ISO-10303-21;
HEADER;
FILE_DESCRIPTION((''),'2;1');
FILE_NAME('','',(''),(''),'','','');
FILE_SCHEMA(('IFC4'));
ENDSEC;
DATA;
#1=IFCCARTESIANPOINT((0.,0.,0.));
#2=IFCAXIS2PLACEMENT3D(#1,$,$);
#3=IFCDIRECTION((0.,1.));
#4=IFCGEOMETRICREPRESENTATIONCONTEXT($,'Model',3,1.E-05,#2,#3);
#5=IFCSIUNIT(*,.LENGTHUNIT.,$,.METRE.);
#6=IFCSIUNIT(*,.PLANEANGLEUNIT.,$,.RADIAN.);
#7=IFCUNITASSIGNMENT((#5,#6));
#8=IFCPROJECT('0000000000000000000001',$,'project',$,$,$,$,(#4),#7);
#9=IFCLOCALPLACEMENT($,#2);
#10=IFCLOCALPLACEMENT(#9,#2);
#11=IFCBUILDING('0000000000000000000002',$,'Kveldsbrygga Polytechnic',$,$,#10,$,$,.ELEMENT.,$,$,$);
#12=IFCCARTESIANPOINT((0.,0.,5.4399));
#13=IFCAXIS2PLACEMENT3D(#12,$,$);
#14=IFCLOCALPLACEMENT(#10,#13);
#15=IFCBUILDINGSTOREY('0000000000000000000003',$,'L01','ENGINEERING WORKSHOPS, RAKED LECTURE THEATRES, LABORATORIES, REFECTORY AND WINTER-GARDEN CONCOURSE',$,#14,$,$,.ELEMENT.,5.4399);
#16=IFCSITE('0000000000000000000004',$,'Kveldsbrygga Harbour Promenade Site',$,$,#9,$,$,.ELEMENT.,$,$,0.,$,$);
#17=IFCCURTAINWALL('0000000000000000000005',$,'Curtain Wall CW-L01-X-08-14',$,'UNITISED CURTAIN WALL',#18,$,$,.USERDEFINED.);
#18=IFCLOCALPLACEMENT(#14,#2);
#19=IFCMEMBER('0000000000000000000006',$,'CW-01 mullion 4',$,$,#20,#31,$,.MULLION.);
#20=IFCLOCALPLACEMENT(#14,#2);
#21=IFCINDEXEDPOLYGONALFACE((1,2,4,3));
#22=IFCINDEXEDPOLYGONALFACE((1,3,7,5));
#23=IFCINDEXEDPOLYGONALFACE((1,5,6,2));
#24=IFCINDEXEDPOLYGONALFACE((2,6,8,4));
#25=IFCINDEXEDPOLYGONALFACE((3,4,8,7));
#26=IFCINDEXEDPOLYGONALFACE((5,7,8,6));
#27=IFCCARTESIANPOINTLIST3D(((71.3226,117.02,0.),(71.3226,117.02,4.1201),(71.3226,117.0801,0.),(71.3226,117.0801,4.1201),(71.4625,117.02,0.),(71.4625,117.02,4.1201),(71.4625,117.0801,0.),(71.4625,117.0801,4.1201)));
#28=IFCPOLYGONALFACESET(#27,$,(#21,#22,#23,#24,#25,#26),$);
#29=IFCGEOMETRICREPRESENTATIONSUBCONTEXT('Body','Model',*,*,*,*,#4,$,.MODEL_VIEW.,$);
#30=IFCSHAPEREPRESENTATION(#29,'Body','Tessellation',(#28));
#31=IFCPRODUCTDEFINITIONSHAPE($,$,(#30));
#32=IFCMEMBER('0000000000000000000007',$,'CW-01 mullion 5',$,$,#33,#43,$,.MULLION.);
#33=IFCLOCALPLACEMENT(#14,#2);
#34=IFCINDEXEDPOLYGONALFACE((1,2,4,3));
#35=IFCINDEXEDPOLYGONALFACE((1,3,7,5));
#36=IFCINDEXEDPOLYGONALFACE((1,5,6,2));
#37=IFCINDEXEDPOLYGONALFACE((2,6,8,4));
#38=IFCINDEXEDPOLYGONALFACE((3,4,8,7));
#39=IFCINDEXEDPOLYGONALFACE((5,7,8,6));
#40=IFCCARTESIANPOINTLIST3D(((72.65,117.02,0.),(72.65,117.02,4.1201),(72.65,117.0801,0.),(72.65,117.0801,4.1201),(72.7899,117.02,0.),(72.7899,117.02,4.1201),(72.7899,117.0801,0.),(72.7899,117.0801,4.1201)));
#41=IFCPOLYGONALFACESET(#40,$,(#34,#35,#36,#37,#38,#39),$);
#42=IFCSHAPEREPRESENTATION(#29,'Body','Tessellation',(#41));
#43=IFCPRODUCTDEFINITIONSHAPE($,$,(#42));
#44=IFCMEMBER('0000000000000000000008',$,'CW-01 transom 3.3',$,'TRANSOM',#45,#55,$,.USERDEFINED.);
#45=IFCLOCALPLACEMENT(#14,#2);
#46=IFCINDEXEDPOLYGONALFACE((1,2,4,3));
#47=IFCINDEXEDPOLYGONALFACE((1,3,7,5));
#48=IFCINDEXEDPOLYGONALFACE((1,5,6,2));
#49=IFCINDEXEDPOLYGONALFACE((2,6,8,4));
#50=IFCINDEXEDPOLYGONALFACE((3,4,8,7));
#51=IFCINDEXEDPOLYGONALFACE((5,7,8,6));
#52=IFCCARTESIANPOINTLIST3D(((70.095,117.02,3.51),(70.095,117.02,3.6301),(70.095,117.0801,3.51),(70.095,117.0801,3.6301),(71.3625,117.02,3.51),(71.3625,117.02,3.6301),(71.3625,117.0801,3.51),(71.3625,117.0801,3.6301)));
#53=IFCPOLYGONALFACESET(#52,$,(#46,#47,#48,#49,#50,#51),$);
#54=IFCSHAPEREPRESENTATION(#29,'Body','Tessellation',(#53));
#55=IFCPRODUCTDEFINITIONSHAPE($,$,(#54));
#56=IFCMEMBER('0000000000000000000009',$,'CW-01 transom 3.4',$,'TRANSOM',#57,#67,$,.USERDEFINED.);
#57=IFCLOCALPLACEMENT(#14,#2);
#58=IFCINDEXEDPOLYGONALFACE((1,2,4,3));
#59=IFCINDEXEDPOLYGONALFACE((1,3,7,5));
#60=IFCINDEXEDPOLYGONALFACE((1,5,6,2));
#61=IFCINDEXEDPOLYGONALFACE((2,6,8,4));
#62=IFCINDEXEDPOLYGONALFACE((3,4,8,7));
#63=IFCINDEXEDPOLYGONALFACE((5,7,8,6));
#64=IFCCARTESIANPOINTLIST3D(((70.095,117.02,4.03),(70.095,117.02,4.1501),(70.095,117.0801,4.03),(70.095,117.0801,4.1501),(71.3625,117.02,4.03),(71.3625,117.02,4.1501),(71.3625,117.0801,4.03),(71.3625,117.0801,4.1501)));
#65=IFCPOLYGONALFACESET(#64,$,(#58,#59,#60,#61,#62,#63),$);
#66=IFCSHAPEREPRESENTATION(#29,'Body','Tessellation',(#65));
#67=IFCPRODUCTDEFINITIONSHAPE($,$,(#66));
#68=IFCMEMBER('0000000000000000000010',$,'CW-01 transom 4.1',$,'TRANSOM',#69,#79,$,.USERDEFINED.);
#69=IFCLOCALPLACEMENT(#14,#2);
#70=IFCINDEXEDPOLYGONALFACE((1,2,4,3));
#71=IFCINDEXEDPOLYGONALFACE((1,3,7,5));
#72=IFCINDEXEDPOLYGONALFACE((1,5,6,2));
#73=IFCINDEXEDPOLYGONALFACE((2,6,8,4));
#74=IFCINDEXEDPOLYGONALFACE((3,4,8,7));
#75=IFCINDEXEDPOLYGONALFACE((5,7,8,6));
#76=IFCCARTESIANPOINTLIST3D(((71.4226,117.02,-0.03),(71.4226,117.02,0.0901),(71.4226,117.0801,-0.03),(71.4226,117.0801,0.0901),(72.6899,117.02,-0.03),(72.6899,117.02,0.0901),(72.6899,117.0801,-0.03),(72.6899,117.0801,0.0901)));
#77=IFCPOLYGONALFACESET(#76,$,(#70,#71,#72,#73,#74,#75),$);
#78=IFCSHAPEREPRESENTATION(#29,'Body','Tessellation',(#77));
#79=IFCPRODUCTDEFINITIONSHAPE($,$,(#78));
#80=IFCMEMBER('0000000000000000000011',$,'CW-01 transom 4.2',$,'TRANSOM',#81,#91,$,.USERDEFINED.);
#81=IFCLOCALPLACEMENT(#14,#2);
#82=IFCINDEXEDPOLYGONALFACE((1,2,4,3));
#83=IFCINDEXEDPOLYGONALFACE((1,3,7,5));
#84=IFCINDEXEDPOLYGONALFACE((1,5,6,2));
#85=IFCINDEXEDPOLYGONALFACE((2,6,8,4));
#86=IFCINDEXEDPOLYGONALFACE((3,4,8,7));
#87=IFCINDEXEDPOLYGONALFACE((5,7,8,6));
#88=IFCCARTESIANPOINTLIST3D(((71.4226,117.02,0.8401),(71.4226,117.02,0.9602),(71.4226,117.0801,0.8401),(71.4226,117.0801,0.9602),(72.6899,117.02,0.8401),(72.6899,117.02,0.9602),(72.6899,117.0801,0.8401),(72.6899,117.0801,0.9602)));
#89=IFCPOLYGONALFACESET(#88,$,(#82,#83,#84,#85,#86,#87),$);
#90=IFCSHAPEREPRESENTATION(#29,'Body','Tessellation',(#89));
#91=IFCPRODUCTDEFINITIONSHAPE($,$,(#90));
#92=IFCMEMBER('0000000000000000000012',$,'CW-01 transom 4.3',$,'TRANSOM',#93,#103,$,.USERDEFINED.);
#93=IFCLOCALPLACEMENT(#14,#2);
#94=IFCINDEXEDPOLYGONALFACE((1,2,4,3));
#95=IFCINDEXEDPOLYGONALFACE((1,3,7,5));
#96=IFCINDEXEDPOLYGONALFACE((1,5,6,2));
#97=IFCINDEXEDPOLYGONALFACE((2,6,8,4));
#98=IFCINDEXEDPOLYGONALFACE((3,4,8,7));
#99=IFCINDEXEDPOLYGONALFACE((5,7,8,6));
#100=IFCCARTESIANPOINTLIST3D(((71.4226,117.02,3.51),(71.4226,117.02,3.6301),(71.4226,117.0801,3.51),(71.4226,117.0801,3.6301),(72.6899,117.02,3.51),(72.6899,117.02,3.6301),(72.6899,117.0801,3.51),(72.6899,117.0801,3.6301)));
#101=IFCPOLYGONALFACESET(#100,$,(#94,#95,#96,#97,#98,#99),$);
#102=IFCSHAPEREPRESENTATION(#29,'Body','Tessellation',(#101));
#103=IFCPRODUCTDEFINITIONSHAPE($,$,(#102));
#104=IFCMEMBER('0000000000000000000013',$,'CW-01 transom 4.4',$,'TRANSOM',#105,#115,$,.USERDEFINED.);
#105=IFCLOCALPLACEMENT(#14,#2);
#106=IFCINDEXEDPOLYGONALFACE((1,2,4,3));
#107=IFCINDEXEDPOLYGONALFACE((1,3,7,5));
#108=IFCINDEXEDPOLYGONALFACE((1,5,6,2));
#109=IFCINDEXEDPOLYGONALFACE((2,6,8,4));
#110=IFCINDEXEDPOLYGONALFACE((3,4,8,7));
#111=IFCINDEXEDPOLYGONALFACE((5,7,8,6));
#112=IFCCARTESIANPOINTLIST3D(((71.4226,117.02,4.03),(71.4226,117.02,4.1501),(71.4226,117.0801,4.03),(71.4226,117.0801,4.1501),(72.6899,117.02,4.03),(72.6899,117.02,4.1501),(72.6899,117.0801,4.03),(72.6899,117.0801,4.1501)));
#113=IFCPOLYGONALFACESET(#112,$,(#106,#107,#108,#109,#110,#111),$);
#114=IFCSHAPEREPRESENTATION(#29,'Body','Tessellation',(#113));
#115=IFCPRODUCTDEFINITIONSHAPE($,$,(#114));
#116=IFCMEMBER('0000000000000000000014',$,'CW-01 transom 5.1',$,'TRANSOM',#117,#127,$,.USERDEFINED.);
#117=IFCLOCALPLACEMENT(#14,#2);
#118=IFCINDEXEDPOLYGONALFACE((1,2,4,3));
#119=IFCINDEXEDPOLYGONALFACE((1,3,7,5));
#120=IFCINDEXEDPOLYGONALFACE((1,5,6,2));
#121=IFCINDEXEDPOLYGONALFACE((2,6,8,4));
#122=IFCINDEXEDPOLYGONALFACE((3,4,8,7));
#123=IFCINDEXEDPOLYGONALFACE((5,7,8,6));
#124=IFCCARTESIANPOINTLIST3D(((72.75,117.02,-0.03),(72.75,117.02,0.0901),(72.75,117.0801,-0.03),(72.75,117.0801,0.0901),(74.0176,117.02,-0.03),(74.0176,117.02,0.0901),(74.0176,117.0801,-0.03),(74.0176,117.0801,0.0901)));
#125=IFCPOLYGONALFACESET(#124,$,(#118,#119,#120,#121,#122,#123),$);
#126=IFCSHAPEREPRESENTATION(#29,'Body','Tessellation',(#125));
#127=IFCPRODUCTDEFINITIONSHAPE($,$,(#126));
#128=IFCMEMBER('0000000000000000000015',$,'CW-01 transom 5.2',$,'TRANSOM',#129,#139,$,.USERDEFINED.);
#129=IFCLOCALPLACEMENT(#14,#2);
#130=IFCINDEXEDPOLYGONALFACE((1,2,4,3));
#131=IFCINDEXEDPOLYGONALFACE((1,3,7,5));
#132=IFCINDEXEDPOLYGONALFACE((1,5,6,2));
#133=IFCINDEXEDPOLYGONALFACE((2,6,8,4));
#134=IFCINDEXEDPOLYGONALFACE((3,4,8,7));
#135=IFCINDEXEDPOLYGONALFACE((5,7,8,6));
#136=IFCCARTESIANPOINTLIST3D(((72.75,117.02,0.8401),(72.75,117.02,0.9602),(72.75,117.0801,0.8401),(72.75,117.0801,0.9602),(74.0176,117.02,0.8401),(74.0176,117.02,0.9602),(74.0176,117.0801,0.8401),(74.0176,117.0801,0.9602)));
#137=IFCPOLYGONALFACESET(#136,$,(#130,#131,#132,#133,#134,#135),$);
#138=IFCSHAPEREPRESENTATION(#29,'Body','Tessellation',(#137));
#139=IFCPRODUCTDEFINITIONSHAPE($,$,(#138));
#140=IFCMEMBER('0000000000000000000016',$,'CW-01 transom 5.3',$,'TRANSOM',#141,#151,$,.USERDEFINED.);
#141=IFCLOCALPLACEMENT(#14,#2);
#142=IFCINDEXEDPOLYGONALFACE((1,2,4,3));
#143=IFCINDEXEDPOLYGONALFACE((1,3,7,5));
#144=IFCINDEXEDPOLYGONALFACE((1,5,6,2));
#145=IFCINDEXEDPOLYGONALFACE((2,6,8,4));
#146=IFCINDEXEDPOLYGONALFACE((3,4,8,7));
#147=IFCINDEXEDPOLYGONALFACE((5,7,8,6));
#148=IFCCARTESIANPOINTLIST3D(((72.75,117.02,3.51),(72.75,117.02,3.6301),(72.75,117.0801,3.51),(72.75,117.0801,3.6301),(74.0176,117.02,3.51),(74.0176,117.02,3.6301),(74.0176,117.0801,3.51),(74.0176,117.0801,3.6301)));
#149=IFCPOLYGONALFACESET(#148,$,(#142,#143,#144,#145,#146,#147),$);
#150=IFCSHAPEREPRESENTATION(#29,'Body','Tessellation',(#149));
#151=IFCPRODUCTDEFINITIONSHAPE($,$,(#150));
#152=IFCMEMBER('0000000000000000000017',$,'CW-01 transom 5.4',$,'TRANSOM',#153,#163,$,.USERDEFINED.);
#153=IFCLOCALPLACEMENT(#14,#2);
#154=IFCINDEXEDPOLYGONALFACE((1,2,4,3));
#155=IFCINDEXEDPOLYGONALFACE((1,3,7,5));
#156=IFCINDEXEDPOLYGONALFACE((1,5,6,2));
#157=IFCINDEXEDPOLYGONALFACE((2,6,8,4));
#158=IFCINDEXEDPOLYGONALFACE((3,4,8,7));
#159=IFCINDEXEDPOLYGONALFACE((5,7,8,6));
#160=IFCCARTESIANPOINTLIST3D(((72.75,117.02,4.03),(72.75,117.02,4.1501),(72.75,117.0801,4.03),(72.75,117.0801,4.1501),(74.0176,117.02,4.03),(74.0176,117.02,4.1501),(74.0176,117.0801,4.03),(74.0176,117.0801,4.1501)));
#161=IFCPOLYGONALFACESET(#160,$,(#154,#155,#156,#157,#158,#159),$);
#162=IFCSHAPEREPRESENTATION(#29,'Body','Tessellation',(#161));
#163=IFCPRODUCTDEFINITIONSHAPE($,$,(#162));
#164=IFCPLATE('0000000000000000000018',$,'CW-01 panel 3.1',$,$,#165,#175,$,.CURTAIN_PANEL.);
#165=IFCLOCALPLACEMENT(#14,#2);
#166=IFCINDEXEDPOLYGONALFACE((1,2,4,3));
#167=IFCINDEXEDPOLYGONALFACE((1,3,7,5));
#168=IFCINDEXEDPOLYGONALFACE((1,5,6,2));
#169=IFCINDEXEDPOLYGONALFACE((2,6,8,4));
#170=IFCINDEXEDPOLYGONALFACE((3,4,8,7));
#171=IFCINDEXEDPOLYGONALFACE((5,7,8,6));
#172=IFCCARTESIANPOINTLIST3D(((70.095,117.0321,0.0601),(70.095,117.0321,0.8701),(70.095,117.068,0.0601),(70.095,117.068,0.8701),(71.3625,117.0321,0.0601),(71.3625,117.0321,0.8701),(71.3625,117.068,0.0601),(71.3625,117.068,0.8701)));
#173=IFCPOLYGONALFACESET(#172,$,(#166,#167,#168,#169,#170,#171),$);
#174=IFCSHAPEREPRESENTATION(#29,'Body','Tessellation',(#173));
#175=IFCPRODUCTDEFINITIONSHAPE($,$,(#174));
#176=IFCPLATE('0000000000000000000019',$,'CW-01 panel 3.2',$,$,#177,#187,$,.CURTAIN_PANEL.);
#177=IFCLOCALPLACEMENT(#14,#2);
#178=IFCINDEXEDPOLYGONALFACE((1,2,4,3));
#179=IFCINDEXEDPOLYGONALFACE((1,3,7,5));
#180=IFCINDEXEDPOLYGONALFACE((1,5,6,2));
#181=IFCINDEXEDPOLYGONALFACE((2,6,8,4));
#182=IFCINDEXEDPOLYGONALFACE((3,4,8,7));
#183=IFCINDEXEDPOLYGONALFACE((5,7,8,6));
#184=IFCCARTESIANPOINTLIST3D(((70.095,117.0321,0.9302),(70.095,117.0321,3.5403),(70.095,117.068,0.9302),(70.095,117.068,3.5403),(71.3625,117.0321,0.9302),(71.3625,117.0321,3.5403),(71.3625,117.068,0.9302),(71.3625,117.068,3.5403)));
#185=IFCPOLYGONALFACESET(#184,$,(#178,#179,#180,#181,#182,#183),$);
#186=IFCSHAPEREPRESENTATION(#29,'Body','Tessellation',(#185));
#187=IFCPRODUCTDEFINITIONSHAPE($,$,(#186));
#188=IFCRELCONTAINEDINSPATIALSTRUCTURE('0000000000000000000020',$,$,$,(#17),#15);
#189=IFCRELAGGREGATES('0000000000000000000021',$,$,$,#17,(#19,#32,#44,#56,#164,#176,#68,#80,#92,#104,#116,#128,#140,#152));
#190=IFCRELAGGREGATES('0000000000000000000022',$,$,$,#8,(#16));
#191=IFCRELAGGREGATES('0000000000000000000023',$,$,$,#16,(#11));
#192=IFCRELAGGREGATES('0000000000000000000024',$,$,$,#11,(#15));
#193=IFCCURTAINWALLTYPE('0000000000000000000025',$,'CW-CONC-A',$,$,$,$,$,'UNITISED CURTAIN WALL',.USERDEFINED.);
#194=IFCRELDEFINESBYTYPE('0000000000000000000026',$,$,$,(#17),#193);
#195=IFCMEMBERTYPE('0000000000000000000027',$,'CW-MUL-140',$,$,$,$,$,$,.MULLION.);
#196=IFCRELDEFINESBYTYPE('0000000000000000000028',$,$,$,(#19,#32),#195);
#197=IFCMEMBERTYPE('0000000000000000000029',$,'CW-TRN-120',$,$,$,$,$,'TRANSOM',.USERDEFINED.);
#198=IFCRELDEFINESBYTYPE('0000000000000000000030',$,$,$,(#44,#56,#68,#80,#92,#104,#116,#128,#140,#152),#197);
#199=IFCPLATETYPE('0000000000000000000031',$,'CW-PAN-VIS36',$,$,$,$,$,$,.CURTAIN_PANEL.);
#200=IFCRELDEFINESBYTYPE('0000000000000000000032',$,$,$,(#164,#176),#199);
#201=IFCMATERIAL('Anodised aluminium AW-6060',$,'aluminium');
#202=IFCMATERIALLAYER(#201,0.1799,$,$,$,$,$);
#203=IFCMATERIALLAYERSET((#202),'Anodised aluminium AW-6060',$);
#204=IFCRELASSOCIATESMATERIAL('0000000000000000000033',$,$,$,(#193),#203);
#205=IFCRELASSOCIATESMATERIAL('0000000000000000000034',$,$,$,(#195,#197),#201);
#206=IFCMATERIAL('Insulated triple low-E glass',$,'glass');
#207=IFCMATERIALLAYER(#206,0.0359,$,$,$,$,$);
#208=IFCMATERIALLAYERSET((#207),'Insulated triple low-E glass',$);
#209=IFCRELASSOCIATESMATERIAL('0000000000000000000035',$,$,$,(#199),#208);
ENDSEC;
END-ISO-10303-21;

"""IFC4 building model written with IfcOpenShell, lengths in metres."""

from ifc_helpers import new_model, si_unit, direction, frame, origin, origin_2d, place, context, subcontext, project, spatial, rectangle, extrude, material, layer, layer_set, material_profile, profile_set, type_object, element, aggregate, save


model = new_model("IFC4")

# Units and contexts
model_context = context("Model", 3, precision=1e-05, world=origin(), true_north=direction((0.0, 1.0)))
body_context = subcontext(model_context, "Body", "Model", "MODEL_VIEW")
ifc_project = project(units=[si_unit("LENGTHUNIT", "METRE"), si_unit("PLANEANGLEUNIT", "RADIAN")], contexts=[model_context])

# Site, building, storey
site_placement = place(None, origin())
site = spatial("IfcSite", under=ifc_project, at=site_placement, Name="Kveldsbrygga Harbour Promenade Site", CompositionType="ELEMENT", RefElevation=0.0)
building_placement = place(site_placement, origin())
building = spatial("IfcBuilding", under=site, at=building_placement, Name="Kveldsbrygga Polytechnic", CompositionType="ELEMENT")
storey_placement = place(building_placement, frame((0.0, 0.0, 5.4399)))
storey = spatial("IfcBuildingStorey", under=building, at=storey_placement, Name="L01", Description="ENGINEERING WORKSHOPS, RAKED LECTURE THEATRES, LABORATORIES, REFECTORY AND WINTER-GARDEN CONCOURSE", CompositionType="ELEMENT", Elevation=5.4399)

# Curtain wall, members, plates
ifc_material_1 = material(Name="Anodised aluminium AW-6060", Category="aluminium")
ifc_layer_1 = layer(ifc_material_1, 0.1799)
ifc_layer_set_1 = layer_set([ifc_layer_1], Name="Anodised aluminium AW-6060")
curtain_wall_type = type_object("IfcCurtainWallType", Name="CW-CONC-A", ElementType="UNITISED CURTAIN WALL", PredefinedType="USERDEFINED", material=ifc_layer_set_1)
curtain_wall_placement = place(storey_placement, origin())
curtain_wall = element("IfcCurtainWall", 1, at=curtain_wall_placement, inside=storey, type_object=curtain_wall_type, Name="Curtain Wall CW-L01-X-08-14", ObjectType="UNITISED CURTAIN WALL", PredefinedType="USERDEFINED")
ifc_material_profile_1 = material_profile(ifc_material_1, rectangle(XDim=0.0601, YDim=0.1399, at=origin_2d()), Name="ALU 60x140")
ifc_profile_set_1 = profile_set([ifc_material_profile_1], Name="Anodised aluminium AW-6060")
member_type_1 = type_object("IfcMemberType", Name="CW-MUL-140", PredefinedType="MULLION", material=ifc_profile_set_1)
member_1_placement = place(storey_placement, frame((71.3926, 117.05, 0.0), z_axis=(0.0, 0.0, 1.0), x_axis=(0.0, 1.0, 0.0)))
member_1 = element("IfcMember", 2, at=member_1_placement, type_object=member_type_1, Name="CW-01 mullion 4", PredefinedType="MULLION", context=body_context, shape_type="SweptSolid", body=[
    extrude(rectangle(XDim=0.0601, YDim=0.1399, at=origin_2d()), origin(), (0.0, 0.0, 1.0), 4.1201),
])
member_2_placement = place(storey_placement, frame((72.72, 117.05, 0.0), z_axis=(0.0, 0.0, 1.0), x_axis=(0.0, 1.0, 0.0)))
member_2 = element("IfcMember", 3, at=member_2_placement, type_object=member_type_1, Name="CW-01 mullion 5", PredefinedType="MULLION", context=body_context, shape_type="SweptSolid", body=[
    extrude(rectangle(XDim=0.0601, YDim=0.1399, at=origin_2d()), origin(), (0.0, 0.0, 1.0), 4.1201),
])
ifc_material_profile_2 = material_profile(ifc_material_1, rectangle(XDim=0.0601, YDim=0.1201, at=origin_2d()), Name="ALU 60x120")
ifc_profile_set_2 = profile_set([ifc_material_profile_2], Name="Anodised aluminium AW-6060")
member_type_2 = type_object("IfcMemberType", Name="CW-TRN-120", ElementType="TRANSOM", PredefinedType="USERDEFINED", material=ifc_profile_set_2)
member_3_placement = place(storey_placement, frame((70.095, 117.05, 3.5701), z_axis=(1.0, 0.0, 0.0), x_axis=(0.0, 1.0, 0.0)))
member_3 = element("IfcMember", 4, at=member_3_placement, type_object=member_type_2, Name="CW-01 transom 3.3", ObjectType="TRANSOM", PredefinedType="USERDEFINED", context=body_context, shape_type="SweptSolid", body=[
    extrude(rectangle(XDim=0.0601, YDim=0.1201, at=origin_2d()), origin(), (0.0, 0.0, 1.0), 1.2676),
])
member_4_placement = place(storey_placement, frame((70.095, 117.05, 4.0901), z_axis=(1.0, 0.0, 0.0), x_axis=(0.0, 1.0, 0.0)))
member_4 = element("IfcMember", 5, at=member_4_placement, type_object=member_type_2, Name="CW-01 transom 3.4", ObjectType="TRANSOM", PredefinedType="USERDEFINED", context=body_context, shape_type="SweptSolid", body=[
    extrude(rectangle(XDim=0.0601, YDim=0.1201, at=origin_2d()), origin(), (0.0, 0.0, 1.0), 1.2676),
])
member_5_placement = place(storey_placement, frame((71.4226, 117.05, 0.03), z_axis=(1.0, 0.0, 0.0), x_axis=(0.0, 1.0, 0.0)))
member_5 = element("IfcMember", 6, at=member_5_placement, type_object=member_type_2, Name="CW-01 transom 4.1", ObjectType="TRANSOM", PredefinedType="USERDEFINED", context=body_context, shape_type="SweptSolid", body=[
    extrude(rectangle(XDim=0.0601, YDim=0.1201, at=origin_2d()), origin(), (0.0, 0.0, 1.0), 1.2673),
])
member_6_placement = place(storey_placement, frame((71.4226, 117.05, 0.9001), z_axis=(1.0, 0.0, 0.0), x_axis=(0.0, 1.0, 0.0)))
member_6 = element("IfcMember", 7, at=member_6_placement, type_object=member_type_2, Name="CW-01 transom 4.2", ObjectType="TRANSOM", PredefinedType="USERDEFINED", context=body_context, shape_type="SweptSolid", body=[
    extrude(rectangle(XDim=0.0601, YDim=0.1201, at=origin_2d()), origin(), (0.0, 0.0, 1.0), 1.2673),
])
member_7_placement = place(storey_placement, frame((71.4226, 117.05, 3.5701), z_axis=(1.0, 0.0, 0.0), x_axis=(0.0, 1.0, 0.0)))
member_7 = element("IfcMember", 8, at=member_7_placement, type_object=member_type_2, Name="CW-01 transom 4.3", ObjectType="TRANSOM", PredefinedType="USERDEFINED", context=body_context, shape_type="SweptSolid", body=[
    extrude(rectangle(XDim=0.0601, YDim=0.1201, at=origin_2d()), origin(), (0.0, 0.0, 1.0), 1.2673),
])
member_8_placement = place(storey_placement, frame((71.4226, 117.05, 4.0901), z_axis=(1.0, 0.0, 0.0), x_axis=(0.0, 1.0, 0.0)))
member_8 = element("IfcMember", 9, at=member_8_placement, type_object=member_type_2, Name="CW-01 transom 4.4", ObjectType="TRANSOM", PredefinedType="USERDEFINED", context=body_context, shape_type="SweptSolid", body=[
    extrude(rectangle(XDim=0.0601, YDim=0.1201, at=origin_2d()), origin(), (0.0, 0.0, 1.0), 1.2673),
])
member_9_placement = place(storey_placement, frame((72.75, 117.05, 0.03), z_axis=(1.0, 0.0, 0.0), x_axis=(0.0, 1.0, 0.0)))
member_9 = element("IfcMember", 10, at=member_9_placement, type_object=member_type_2, Name="CW-01 transom 5.1", ObjectType="TRANSOM", PredefinedType="USERDEFINED", context=body_context, shape_type="SweptSolid", body=[
    extrude(rectangle(XDim=0.0601, YDim=0.1201, at=origin_2d()), origin(), (0.0, 0.0, 1.0), 1.2676),
])
member_10_placement = place(storey_placement, frame((72.75, 117.05, 0.9001), z_axis=(1.0, 0.0, 0.0), x_axis=(0.0, 1.0, 0.0)))
member_10 = element("IfcMember", 11, at=member_10_placement, type_object=member_type_2, Name="CW-01 transom 5.2", ObjectType="TRANSOM", PredefinedType="USERDEFINED", context=body_context, shape_type="SweptSolid", body=[
    extrude(rectangle(XDim=0.0601, YDim=0.1201, at=origin_2d()), origin(), (0.0, 0.0, 1.0), 1.2676),
])
member_11_placement = place(storey_placement, frame((72.75, 117.05, 3.5701), z_axis=(1.0, 0.0, 0.0), x_axis=(0.0, 1.0, 0.0)))
member_11 = element("IfcMember", 12, at=member_11_placement, type_object=member_type_2, Name="CW-01 transom 5.3", ObjectType="TRANSOM", PredefinedType="USERDEFINED", context=body_context, shape_type="SweptSolid", body=[
    extrude(rectangle(XDim=0.0601, YDim=0.1201, at=origin_2d()), origin(), (0.0, 0.0, 1.0), 1.2676),
])
member_12_placement = place(storey_placement, frame((72.75, 117.05, 4.0901), z_axis=(1.0, 0.0, 0.0), x_axis=(0.0, 1.0, 0.0)))
member_12 = element("IfcMember", 13, at=member_12_placement, type_object=member_type_2, Name="CW-01 transom 5.4", ObjectType="TRANSOM", PredefinedType="USERDEFINED", context=body_context, shape_type="SweptSolid", body=[
    extrude(rectangle(XDim=0.0601, YDim=0.1201, at=origin_2d()), origin(), (0.0, 0.0, 1.0), 1.2676),
])
ifc_material_2 = material(Name="Insulated triple low-E glass", Category="glass")
ifc_layer_2 = layer(ifc_material_2, 0.0359)
ifc_layer_set_2 = layer_set([ifc_layer_2], Name="Insulated triple low-E glass")
plate_type = type_object("IfcPlateType", Name="CW-PAN-VIS36", PredefinedType="CURTAIN_PANEL", material=ifc_layer_set_2)
plate_1_placement = place(storey_placement, frame((70.7288, 117.05, 0.0601), z_axis=(0.0, 0.0, 1.0), x_axis=(1.0, 0.0, 0.0)))
plate_1 = element("IfcPlate", 14, at=plate_1_placement, type_object=plate_type, Name="CW-01 panel 3.1", PredefinedType="CURTAIN_PANEL", context=body_context, shape_type="SweptSolid", body=[
    extrude(rectangle(XDim=1.2676, YDim=0.0359, at=origin_2d()), origin(), (0.0, 0.0, 1.0), 0.8101),
])
plate_2_placement = place(storey_placement, frame((70.7288, 117.05, 0.9302), z_axis=(0.0, 0.0, 1.0), x_axis=(1.0, 0.0, 0.0)))
plate_2 = element("IfcPlate", 15, at=plate_2_placement, type_object=plate_type, Name="CW-01 panel 3.2", PredefinedType="CURTAIN_PANEL", context=body_context, shape_type="SweptSolid", body=[
    extrude(rectangle(XDim=1.2676, YDim=0.0359, at=origin_2d()), origin(), (0.0, 0.0, 1.0), 2.6101),
])
aggregate(curtain_wall, [member_1, member_2, member_3, member_4, plate_1, plate_2, member_5, member_6, member_7, member_8, member_9, member_10, member_11, member_12])

save(model, "model.ifc")
